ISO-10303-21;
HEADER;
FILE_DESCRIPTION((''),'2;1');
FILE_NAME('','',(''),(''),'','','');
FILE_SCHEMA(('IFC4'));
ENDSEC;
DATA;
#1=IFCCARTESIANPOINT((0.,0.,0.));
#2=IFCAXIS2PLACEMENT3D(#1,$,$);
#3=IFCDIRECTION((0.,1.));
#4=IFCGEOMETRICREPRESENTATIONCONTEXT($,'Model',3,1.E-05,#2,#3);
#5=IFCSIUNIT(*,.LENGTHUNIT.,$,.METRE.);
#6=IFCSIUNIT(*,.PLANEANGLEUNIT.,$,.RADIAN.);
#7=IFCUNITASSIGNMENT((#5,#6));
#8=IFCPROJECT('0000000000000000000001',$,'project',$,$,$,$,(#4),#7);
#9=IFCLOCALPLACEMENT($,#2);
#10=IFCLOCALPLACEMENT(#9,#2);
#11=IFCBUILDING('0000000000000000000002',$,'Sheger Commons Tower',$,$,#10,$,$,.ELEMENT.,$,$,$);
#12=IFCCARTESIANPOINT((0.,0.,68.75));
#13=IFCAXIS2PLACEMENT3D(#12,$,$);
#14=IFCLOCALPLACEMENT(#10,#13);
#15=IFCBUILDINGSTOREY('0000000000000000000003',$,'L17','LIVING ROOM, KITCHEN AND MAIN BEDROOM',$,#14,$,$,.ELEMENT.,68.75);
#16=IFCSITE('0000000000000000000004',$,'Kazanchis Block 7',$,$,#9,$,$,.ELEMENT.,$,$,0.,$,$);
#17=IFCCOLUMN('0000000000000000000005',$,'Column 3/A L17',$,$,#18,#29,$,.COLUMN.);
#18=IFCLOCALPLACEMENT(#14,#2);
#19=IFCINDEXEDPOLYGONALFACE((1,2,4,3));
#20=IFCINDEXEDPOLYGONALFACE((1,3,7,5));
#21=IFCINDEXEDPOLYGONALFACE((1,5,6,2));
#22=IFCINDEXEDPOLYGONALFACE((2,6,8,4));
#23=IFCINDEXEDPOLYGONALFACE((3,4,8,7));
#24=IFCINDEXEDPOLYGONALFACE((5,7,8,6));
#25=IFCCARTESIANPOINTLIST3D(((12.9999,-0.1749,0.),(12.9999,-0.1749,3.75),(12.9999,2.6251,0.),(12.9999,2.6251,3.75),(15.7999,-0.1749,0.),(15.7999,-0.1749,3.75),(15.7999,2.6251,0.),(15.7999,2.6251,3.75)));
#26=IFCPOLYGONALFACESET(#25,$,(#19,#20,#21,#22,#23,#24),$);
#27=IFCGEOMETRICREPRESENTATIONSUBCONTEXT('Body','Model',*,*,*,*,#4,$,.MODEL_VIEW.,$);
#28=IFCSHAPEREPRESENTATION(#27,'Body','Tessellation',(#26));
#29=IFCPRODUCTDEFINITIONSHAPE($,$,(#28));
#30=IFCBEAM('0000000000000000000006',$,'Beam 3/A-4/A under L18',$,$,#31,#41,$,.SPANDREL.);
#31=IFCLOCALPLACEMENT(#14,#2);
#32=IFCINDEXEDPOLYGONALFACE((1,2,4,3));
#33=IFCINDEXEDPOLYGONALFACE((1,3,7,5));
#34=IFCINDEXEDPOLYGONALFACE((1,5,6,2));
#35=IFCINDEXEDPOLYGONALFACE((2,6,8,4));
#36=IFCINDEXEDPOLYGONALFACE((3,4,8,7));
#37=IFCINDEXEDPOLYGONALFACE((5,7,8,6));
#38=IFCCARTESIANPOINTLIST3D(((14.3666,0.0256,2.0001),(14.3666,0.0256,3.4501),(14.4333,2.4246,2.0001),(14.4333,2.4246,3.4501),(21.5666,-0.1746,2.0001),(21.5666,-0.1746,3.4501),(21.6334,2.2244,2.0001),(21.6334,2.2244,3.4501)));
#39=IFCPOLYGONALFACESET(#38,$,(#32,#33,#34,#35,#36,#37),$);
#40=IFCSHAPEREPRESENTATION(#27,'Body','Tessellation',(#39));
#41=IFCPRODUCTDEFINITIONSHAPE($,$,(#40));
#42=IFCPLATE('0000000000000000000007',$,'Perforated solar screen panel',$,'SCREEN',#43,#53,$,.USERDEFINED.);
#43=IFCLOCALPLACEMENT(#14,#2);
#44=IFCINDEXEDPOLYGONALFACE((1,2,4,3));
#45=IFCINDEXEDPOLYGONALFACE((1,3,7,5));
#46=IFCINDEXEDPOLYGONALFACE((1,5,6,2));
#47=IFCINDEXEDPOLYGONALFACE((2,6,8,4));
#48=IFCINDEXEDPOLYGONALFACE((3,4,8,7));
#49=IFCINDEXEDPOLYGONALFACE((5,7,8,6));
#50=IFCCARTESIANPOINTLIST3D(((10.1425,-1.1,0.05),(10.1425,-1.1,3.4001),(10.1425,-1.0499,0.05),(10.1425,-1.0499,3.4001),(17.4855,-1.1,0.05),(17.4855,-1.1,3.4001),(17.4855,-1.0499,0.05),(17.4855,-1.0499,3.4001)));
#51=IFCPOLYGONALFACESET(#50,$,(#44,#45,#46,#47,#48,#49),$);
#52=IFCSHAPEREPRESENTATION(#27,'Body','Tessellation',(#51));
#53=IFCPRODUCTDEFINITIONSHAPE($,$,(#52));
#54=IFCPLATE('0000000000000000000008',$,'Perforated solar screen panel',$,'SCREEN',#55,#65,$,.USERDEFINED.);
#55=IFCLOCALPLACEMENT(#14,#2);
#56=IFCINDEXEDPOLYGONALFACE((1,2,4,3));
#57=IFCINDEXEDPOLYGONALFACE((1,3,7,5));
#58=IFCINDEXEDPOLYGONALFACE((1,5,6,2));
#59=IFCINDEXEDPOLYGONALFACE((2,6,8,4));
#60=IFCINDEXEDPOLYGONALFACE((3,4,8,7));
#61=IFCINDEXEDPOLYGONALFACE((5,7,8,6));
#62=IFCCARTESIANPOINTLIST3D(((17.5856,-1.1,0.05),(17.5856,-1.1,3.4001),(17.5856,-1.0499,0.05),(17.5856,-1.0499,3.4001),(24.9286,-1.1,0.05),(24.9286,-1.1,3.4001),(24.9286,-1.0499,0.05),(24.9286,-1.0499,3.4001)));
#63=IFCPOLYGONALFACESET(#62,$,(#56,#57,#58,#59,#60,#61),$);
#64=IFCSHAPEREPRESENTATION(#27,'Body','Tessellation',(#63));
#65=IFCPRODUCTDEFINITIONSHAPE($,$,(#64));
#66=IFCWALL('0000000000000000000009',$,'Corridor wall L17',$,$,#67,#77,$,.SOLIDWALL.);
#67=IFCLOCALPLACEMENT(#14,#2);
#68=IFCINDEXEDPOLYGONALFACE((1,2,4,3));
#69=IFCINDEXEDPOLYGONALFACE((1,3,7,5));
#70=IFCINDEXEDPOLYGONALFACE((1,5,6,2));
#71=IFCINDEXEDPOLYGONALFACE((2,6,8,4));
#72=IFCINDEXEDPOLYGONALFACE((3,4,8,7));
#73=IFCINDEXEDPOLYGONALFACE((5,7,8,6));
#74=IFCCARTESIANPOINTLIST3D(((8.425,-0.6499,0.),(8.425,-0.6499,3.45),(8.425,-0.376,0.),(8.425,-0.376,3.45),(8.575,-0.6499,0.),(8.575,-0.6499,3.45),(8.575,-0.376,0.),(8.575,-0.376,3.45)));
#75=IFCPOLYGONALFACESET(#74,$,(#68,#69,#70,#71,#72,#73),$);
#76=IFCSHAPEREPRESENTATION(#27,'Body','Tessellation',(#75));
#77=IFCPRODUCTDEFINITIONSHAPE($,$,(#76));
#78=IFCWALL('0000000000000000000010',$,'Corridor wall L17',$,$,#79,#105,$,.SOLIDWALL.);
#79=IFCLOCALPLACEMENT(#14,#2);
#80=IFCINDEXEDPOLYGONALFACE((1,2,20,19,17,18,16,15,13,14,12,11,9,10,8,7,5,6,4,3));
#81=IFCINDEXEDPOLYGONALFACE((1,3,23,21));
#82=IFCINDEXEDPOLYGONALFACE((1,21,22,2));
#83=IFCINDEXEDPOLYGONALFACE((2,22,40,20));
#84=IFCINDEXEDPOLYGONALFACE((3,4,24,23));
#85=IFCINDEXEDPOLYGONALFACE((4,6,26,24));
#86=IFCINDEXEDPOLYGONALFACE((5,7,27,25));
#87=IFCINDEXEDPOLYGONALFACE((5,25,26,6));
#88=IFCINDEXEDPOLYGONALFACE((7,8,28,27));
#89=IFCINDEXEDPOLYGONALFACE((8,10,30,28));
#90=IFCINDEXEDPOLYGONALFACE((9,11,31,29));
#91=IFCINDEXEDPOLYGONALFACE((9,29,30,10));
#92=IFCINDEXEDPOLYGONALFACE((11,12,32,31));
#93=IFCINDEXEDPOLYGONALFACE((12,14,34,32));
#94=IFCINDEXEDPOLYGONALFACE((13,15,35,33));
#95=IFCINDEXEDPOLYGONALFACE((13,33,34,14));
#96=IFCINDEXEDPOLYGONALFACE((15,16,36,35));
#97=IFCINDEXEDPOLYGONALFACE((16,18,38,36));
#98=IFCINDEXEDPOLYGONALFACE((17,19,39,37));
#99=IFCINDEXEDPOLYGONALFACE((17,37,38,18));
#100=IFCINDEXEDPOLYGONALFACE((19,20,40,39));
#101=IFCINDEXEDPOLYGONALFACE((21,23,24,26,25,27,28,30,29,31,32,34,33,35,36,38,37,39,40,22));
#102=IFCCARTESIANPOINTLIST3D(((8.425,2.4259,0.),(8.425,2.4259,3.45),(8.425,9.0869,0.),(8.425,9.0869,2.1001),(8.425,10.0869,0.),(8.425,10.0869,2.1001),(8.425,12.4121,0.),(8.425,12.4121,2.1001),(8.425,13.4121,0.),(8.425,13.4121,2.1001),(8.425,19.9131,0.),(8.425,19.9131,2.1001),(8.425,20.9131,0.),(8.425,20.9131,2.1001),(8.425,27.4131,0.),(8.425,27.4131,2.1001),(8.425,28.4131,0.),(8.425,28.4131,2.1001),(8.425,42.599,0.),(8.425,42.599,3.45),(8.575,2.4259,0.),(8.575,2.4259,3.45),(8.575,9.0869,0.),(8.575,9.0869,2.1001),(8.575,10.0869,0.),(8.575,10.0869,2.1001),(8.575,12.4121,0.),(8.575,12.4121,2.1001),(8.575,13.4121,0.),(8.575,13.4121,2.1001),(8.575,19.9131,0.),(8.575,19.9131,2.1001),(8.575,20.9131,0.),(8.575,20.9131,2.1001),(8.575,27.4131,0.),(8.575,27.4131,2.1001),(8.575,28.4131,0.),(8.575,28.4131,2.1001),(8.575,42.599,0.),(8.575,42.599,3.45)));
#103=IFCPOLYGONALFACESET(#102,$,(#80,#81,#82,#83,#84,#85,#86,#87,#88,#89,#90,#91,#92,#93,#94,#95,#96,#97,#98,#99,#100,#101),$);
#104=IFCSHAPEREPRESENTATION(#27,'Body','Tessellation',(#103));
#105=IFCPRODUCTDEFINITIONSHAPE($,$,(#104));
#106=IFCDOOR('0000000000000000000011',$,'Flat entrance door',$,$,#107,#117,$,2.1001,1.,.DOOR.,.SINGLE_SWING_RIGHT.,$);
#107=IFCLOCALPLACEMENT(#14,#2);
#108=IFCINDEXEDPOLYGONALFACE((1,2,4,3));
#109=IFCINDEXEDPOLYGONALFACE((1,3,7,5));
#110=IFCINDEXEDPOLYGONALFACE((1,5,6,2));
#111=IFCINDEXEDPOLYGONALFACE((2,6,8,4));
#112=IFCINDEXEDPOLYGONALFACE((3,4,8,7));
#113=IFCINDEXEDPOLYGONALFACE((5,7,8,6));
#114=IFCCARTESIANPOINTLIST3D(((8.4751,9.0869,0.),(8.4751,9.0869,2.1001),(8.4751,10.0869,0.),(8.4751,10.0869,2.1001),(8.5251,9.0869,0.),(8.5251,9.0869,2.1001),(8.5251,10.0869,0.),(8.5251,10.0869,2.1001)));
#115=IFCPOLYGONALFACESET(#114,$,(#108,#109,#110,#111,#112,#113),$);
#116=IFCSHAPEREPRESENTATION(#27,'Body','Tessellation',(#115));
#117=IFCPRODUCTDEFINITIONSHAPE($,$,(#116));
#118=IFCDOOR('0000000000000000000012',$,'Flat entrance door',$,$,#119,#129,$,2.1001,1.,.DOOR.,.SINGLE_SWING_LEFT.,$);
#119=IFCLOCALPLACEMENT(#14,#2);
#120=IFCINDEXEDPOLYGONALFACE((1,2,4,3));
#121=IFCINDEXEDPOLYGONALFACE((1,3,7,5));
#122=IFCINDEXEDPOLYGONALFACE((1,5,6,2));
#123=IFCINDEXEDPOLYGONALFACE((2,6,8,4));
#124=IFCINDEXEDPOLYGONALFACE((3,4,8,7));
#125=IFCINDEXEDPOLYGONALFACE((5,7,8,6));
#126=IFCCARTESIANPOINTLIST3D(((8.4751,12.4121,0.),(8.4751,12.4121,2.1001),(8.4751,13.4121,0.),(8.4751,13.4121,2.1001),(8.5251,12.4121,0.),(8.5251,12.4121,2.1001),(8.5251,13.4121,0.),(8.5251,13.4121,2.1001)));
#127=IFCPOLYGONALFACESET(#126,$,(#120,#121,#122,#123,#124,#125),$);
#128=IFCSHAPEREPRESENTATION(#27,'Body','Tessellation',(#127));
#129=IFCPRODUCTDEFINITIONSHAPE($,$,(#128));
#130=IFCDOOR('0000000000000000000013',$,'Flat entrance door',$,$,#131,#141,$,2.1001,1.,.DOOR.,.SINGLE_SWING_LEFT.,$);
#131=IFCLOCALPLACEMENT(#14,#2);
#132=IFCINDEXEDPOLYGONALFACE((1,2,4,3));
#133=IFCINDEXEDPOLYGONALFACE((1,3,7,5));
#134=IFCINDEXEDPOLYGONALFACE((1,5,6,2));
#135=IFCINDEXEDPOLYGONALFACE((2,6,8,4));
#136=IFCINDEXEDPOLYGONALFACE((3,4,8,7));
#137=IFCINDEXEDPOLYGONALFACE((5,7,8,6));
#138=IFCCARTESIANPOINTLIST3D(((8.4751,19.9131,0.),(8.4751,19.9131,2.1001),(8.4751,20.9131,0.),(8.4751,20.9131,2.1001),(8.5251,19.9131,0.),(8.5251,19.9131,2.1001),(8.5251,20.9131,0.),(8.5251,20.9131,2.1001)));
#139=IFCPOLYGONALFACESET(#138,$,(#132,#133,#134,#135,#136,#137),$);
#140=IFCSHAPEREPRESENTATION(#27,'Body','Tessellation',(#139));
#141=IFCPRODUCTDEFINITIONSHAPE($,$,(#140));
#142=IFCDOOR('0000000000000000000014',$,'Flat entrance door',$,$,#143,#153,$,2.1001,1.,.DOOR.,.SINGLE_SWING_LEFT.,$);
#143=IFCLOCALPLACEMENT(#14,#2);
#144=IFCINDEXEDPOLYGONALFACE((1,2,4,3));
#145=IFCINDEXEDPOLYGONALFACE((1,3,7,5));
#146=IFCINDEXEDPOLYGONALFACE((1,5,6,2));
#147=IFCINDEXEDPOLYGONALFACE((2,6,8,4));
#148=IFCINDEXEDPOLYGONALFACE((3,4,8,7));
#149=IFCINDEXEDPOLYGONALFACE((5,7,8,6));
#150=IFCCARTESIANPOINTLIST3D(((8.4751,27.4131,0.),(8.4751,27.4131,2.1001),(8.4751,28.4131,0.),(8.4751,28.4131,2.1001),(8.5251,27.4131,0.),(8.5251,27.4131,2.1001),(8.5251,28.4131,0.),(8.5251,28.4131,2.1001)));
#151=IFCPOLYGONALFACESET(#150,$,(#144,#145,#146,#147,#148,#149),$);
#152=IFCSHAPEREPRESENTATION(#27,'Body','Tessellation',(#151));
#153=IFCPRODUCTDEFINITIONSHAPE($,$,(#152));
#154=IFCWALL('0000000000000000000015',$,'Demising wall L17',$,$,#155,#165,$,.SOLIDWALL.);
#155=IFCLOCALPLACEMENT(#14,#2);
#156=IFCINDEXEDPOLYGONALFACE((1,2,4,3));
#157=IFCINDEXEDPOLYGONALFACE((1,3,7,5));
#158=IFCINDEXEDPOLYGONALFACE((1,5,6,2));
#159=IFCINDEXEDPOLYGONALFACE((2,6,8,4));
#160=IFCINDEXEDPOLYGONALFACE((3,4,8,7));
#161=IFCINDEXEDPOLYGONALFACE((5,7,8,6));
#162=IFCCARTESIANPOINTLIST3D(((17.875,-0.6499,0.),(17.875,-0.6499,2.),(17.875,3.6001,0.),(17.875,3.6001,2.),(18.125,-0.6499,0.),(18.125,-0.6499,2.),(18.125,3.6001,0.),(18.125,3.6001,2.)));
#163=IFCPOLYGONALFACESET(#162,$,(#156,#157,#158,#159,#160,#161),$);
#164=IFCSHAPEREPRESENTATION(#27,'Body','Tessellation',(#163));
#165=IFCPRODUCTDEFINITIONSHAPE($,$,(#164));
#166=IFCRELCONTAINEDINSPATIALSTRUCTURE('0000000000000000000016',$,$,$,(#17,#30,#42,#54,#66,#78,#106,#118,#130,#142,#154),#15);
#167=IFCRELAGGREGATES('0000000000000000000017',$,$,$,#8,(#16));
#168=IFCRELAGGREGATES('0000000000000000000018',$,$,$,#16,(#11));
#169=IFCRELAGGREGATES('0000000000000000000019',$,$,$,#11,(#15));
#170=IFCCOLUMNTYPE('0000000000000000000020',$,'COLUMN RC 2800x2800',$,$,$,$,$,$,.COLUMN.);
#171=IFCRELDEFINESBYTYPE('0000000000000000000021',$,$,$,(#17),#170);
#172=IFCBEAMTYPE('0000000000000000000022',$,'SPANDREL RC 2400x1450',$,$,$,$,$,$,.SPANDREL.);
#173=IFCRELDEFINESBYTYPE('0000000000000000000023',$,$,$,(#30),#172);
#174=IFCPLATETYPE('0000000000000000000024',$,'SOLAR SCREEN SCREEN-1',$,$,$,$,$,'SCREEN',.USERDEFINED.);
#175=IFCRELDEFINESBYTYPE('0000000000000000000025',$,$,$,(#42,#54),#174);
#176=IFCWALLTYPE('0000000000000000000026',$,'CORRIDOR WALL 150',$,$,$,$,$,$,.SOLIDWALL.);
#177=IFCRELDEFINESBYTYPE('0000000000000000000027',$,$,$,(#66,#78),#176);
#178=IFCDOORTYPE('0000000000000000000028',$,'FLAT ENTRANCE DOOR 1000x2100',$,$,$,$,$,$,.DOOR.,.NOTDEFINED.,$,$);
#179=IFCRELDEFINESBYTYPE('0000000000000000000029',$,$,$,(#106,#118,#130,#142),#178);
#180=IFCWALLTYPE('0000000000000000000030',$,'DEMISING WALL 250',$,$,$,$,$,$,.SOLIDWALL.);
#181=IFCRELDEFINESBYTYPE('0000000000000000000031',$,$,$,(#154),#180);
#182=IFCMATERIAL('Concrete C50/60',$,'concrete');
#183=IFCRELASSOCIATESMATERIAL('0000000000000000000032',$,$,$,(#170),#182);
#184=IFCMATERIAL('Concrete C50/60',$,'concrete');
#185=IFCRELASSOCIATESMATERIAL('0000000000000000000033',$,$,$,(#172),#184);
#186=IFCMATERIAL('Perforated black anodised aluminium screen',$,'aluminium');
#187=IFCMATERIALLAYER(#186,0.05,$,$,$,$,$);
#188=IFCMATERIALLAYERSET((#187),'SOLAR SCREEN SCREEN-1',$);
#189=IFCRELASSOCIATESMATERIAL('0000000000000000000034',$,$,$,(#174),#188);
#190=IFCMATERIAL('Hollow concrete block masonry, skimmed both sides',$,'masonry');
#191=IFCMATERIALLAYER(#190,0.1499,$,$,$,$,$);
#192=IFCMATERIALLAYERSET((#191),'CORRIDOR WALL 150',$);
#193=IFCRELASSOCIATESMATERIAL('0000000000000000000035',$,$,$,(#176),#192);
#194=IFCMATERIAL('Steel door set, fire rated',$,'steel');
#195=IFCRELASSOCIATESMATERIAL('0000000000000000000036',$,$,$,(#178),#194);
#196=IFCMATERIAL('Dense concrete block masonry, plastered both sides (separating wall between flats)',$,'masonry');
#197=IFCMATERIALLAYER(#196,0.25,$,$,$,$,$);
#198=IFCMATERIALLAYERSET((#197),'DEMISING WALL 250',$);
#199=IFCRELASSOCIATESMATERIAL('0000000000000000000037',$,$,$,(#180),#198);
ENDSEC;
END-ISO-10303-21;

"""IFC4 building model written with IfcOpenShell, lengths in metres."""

from ifc_helpers import new_model, si_unit, direction, frame, frame_2d, origin, origin_2d, place, context, subcontext, project, spatial, rectangle, extrude, material, layer, layer_set, material_profile, profile_set, type_object, element, fill, save


model = new_model("IFC4")

# Units and contexts
model_context = context("Model", 3, precision=1e-05, world=origin(), true_north=direction((0.0, 1.0)))
body_context = subcontext(model_context, "Body", "Model", "MODEL_VIEW")
ifc_project = project(units=[si_unit("LENGTHUNIT", "METRE"), si_unit("PLANEANGLEUNIT", "RADIAN")], contexts=[model_context])

# Site, building, storey
site_placement = place(None, origin())
site = spatial("IfcSite", under=ifc_project, at=site_placement, Name="Kazanchis Block 7", CompositionType="ELEMENT", RefElevation=0.0)
building_placement = place(site_placement, origin())
building = spatial("IfcBuilding", under=site, at=building_placement, Name="Sheger Commons Tower", CompositionType="ELEMENT")
storey_placement = place(building_placement, frame((0.0, 0.0, 68.75)))
storey = spatial("IfcBuildingStorey", under=building, at=storey_placement, Name="L17", Description="LIVING ROOM, KITCHEN AND MAIN BEDROOM", CompositionType="ELEMENT", Elevation=68.75)

# Column
ifc_material_1 = material(Name="Concrete C50/60", Category="concrete")
ifc_material_profile_1 = material_profile(ifc_material_1, rectangle(XDim=2.8, YDim=2.8, at=origin_2d()), Name="RC 2800x2800")
ifc_profile_set_1 = profile_set([ifc_material_profile_1], Name="Concrete C50/60")
column_type = type_object("IfcColumnType", Name="COLUMN RC 2800x2800", PredefinedType="COLUMN", material=ifc_profile_set_1)
column_placement = place(storey_placement, frame((14.3999, 1.2251, 0.0), z_axis=(0.0, 0.0, 1.0), x_axis=(1.0, 0.0, 0.0)))
element("IfcColumn", 1, at=column_placement, inside=storey, type_object=column_type, Name="Column 3/A L17", PredefinedType="COLUMN", context=body_context, shape_type="SweptSolid", body=[
    extrude(rectangle(XDim=2.8, YDim=2.8, at=origin_2d()), origin(), (0.0, 0.0, 1.0), 3.75),
])

# Beam
ifc_material_2 = material(Name="Concrete C50/60", Category="concrete")
ifc_material_profile_2 = material_profile(ifc_material_2, rectangle(XDim=2.3999, YDim=1.45, at=origin_2d()), Name="RC 2400x1450")
ifc_profile_set_2 = profile_set([ifc_material_profile_2], Name="Concrete C50/60")
beam_type = type_object("IfcBeamType", Name="SPANDREL RC 2400x1450", PredefinedType="SPANDREL", material=ifc_profile_set_2)
beam_placement = place(storey_placement, frame((14.3999, 1.2251, 2.7251), z_axis=(0.999614, -0.027793, 0.0), x_axis=(0.027793, 0.999614, 0.0)))
element("IfcBeam", 2, at=beam_placement, inside=storey, type_object=beam_type, Name="Beam 3/A-4/A under L18", PredefinedType="SPANDREL", context=body_context, shape_type="SweptSolid", body=[
    extrude(rectangle(XDim=2.3999, YDim=1.45, at=origin_2d()), origin(), (0.0, 0.0, 1.0), 7.2029),
])

# Plates
ifc_material_3 = material(Name="Perforated black anodised aluminium screen", Category="aluminium")
ifc_layer_1 = layer(ifc_material_3, 0.05)
ifc_layer_set_1 = layer_set([ifc_layer_1], Name="SOLAR SCREEN SCREEN-1")
plate_type = type_object("IfcPlateType", Name="SOLAR SCREEN SCREEN-1", ElementType="SCREEN", PredefinedType="USERDEFINED", material=ifc_layer_set_1)
for number, where, z_axis, x_axis, name in (
    (3, (13.814, -1.075, 0.05), (0.0, 0.0, 1.0), (1.0, 0.0, 0.0), "Perforated solar screen panel"),
    (4, (21.2571, -1.075, 0.05), (0.0, 0.0, 1.0), (1.0, 0.0, 0.0), "Perforated solar screen panel"),
):
    element("IfcPlate", number, at=place(storey_placement, frame(where, z_axis=z_axis, x_axis=x_axis)), inside=storey, type_object=plate_type, Name=name, ObjectType="SCREEN", PredefinedType="USERDEFINED", context=body_context, shape_type="SweptSolid", body=[
        extrude(rectangle(XDim=7.343, YDim=0.05, at=origin_2d()), origin(), (0.0, 0.0, 1.0), 3.3501),
    ])

# Wall
ifc_material_4 = material(Name="Hollow concrete block masonry, skimmed both sides", Category="masonry")
ifc_layer_2 = layer(ifc_material_4, 0.1499)
ifc_layer_set_2 = layer_set([ifc_layer_2], Name="CORRIDOR WALL 150")
wall_type_1 = type_object("IfcWallType", Name="CORRIDOR WALL 150", PredefinedType="SOLIDWALL", material=ifc_layer_set_2)
wall_1_placement = place(storey_placement, frame((8.5, -0.6499, 0.0), z_axis=(0.0, 0.0, 1.0), x_axis=(0.0, 1.0, 0.0)))
element("IfcWall", 5, at=wall_1_placement, inside=storey, type_object=wall_type_1, Name="Corridor wall L17", PredefinedType="SOLIDWALL", context=body_context, shape_type="SweptSolid", body=[
    extrude(rectangle(XDim=0.2739, YDim=0.1499, at=frame_2d((0.137, 0.0))), origin(), (0.0, 0.0, 1.0), 3.45),
])

# Wall, openings, doors
wall_2_placement = place(storey_placement, frame((8.5, 2.426, 0.0), z_axis=(0.0, 0.0, 1.0), x_axis=(0.0, 1.0, 0.0)))
wall_2 = element("IfcWall", 6, at=wall_2_placement, inside=storey, type_object=wall_type_1, Name="Corridor wall L17", PredefinedType="SOLIDWALL", context=body_context, shape_type="SweptSolid", body=[
    extrude(rectangle(XDim=40.1731, YDim=0.1499, at=frame_2d((20.0864, 0.0))), origin(), (0.0, 0.0, 1.0), 3.45),
])
opening_1_placement = place(wall_2_placement, frame((6.6609, 0.0, 0.0)))
opening_1 = element("IfcOpeningElement", 7, at=opening_1_placement, cuts=wall_2, PredefinedType="OPENING", context=body_context, shape_type="SweptSolid", body=[
    extrude(rectangle(XDim=1.0, YDim=2.1001, at=frame_2d((0.5, 1.05))), frame((0.0, 0.085, 0.0), z_axis=(0.0, -1.0, 0.0), x_axis=(1.0, 0.0, 0.0)), (0.0, 0.0, 1.0), 0.1699),
])
opening_2_placement = place(wall_2_placement, frame((9.9861, 0.0, 0.0)))
opening_2 = element("IfcOpeningElement", 8, at=opening_2_placement, cuts=wall_2, PredefinedType="OPENING", context=body_context, shape_type="SweptSolid", body=[
    extrude(rectangle(XDim=1.0, YDim=2.1001, at=frame_2d((0.5, 1.05))), frame((0.0, 0.085, 0.0), z_axis=(0.0, -1.0, 0.0), x_axis=(1.0, 0.0, 0.0)), (0.0, 0.0, 1.0), 0.1699),
])
opening_3_placement = place(wall_2_placement, frame((17.4871, 0.0, 0.0)))
opening_3 = element("IfcOpeningElement", 9, at=opening_3_placement, cuts=wall_2, PredefinedType="OPENING", context=body_context, shape_type="SweptSolid", body=[
    extrude(rectangle(XDim=1.0, YDim=2.1001, at=frame_2d((0.5, 1.05))), frame((0.0, 0.085, 0.0), z_axis=(0.0, -1.0, 0.0), x_axis=(1.0, 0.0, 0.0)), (0.0, 0.0, 1.0), 0.1699),
])
opening_4_placement = place(wall_2_placement, frame((24.9871, 0.0, 0.0)))
opening_4 = element("IfcOpeningElement", 10, at=opening_4_placement, cuts=wall_2, PredefinedType="OPENING", context=body_context, shape_type="SweptSolid", body=[
    extrude(rectangle(XDim=1.0, YDim=2.1001, at=frame_2d((0.5, 1.05))), frame((0.0, 0.085, 0.0), z_axis=(0.0, -1.0, 0.0), x_axis=(1.0, 0.0, 0.0)), (0.0, 0.0, 1.0), 0.1699),
])
ifc_material_5 = material(Name="Steel door set, fire rated", Category="steel")
door_type = type_object("IfcDoorType", Name="FLAT ENTRANCE DOOR 1000x2100", OperationType="NOTDEFINED", PredefinedType="DOOR", material=ifc_material_5)
door_1_placement = place(opening_1_placement, origin())
door_1 = element("IfcDoor", 11, at=door_1_placement, inside=storey, type_object=door_type, Name="Flat entrance door", OperationType="SINGLE_SWING_RIGHT", OverallHeight=2.1001, OverallWidth=1.0, PredefinedType="DOOR", context=body_context, shape_type="SweptSolid", body=[
    extrude(rectangle(XDim=1.0, YDim=2.1001, at=frame_2d((0.5, 1.05))), frame((0.0, 0.0249, 0.0), z_axis=(0.0, -1.0, 0.0), x_axis=(1.0, 0.0, 0.0)), (0.0, 0.0, 1.0), 0.05),
])
fill(opening_1, door_1)
door_2_placement = place(opening_2_placement, origin())
door_2 = element("IfcDoor", 12, at=door_2_placement, inside=storey, type_object=door_type, Name="Flat entrance door", OperationType="SINGLE_SWING_LEFT", OverallHeight=2.1001, OverallWidth=1.0, PredefinedType="DOOR", context=body_context, shape_type="SweptSolid", body=[
    extrude(rectangle(XDim=1.0, YDim=2.1001, at=frame_2d((0.5, 1.05))), frame((0.0, 0.0249, 0.0), z_axis=(0.0, -1.0, 0.0), x_axis=(1.0, 0.0, 0.0)), (0.0, 0.0, 1.0), 0.05),
])
fill(opening_2, door_2)
door_3_placement = place(opening_3_placement, origin())
door_3 = element("IfcDoor", 13, at=door_3_placement, inside=storey, type_object=door_type, Name="Flat entrance door", OperationType="SINGLE_SWING_LEFT", OverallHeight=2.1001, OverallWidth=1.0, PredefinedType="DOOR", context=body_context, shape_type="SweptSolid", body=[
    extrude(rectangle(XDim=1.0, YDim=2.1001, at=frame_2d((0.5, 1.05))), frame((0.0, 0.0249, 0.0), z_axis=(0.0, -1.0, 0.0), x_axis=(1.0, 0.0, 0.0)), (0.0, 0.0, 1.0), 0.05),
])
fill(opening_3, door_3)
door_4_placement = place(opening_4_placement, origin())
door_4 = element("IfcDoor", 14, at=door_4_placement, inside=storey, type_object=door_type, Name="Flat entrance door", OperationType="SINGLE_SWING_LEFT", OverallHeight=2.1001, OverallWidth=1.0, PredefinedType="DOOR", context=body_context, shape_type="SweptSolid", body=[
    extrude(rectangle(XDim=1.0, YDim=2.1001, at=frame_2d((0.5, 1.05))), frame((0.0, 0.0249, 0.0), z_axis=(0.0, -1.0, 0.0), x_axis=(1.0, 0.0, 0.0)), (0.0, 0.0, 1.0), 0.05),
])
fill(opening_4, door_4)

# Wall
ifc_material_6 = material(Name="Dense concrete block masonry, plastered both sides (separating wall between flats)", Category="masonry")
ifc_layer_3 = layer(ifc_material_6, 0.25)
ifc_layer_set_3 = layer_set([ifc_layer_3], Name="DEMISING WALL 250")
wall_type_2 = type_object("IfcWallType", Name="DEMISING WALL 250", PredefinedType="SOLIDWALL", material=ifc_layer_set_3)
wall_3_placement = place(storey_placement, frame((18.0, -0.6499, 0.0), z_axis=(0.0, 0.0, 1.0), x_axis=(0.0, 1.0, 0.0)))
element("IfcWall", 15, at=wall_3_placement, inside=storey, type_object=wall_type_2, Name="Demising wall L17", PredefinedType="SOLIDWALL", context=body_context, shape_type="SweptSolid", body=[
    extrude(rectangle(XDim=4.25, YDim=0.25, at=frame_2d((2.125, 0.0))), origin(), (0.0, 0.0, 1.0), 2.0),
])

save(model, "model.ifc")
